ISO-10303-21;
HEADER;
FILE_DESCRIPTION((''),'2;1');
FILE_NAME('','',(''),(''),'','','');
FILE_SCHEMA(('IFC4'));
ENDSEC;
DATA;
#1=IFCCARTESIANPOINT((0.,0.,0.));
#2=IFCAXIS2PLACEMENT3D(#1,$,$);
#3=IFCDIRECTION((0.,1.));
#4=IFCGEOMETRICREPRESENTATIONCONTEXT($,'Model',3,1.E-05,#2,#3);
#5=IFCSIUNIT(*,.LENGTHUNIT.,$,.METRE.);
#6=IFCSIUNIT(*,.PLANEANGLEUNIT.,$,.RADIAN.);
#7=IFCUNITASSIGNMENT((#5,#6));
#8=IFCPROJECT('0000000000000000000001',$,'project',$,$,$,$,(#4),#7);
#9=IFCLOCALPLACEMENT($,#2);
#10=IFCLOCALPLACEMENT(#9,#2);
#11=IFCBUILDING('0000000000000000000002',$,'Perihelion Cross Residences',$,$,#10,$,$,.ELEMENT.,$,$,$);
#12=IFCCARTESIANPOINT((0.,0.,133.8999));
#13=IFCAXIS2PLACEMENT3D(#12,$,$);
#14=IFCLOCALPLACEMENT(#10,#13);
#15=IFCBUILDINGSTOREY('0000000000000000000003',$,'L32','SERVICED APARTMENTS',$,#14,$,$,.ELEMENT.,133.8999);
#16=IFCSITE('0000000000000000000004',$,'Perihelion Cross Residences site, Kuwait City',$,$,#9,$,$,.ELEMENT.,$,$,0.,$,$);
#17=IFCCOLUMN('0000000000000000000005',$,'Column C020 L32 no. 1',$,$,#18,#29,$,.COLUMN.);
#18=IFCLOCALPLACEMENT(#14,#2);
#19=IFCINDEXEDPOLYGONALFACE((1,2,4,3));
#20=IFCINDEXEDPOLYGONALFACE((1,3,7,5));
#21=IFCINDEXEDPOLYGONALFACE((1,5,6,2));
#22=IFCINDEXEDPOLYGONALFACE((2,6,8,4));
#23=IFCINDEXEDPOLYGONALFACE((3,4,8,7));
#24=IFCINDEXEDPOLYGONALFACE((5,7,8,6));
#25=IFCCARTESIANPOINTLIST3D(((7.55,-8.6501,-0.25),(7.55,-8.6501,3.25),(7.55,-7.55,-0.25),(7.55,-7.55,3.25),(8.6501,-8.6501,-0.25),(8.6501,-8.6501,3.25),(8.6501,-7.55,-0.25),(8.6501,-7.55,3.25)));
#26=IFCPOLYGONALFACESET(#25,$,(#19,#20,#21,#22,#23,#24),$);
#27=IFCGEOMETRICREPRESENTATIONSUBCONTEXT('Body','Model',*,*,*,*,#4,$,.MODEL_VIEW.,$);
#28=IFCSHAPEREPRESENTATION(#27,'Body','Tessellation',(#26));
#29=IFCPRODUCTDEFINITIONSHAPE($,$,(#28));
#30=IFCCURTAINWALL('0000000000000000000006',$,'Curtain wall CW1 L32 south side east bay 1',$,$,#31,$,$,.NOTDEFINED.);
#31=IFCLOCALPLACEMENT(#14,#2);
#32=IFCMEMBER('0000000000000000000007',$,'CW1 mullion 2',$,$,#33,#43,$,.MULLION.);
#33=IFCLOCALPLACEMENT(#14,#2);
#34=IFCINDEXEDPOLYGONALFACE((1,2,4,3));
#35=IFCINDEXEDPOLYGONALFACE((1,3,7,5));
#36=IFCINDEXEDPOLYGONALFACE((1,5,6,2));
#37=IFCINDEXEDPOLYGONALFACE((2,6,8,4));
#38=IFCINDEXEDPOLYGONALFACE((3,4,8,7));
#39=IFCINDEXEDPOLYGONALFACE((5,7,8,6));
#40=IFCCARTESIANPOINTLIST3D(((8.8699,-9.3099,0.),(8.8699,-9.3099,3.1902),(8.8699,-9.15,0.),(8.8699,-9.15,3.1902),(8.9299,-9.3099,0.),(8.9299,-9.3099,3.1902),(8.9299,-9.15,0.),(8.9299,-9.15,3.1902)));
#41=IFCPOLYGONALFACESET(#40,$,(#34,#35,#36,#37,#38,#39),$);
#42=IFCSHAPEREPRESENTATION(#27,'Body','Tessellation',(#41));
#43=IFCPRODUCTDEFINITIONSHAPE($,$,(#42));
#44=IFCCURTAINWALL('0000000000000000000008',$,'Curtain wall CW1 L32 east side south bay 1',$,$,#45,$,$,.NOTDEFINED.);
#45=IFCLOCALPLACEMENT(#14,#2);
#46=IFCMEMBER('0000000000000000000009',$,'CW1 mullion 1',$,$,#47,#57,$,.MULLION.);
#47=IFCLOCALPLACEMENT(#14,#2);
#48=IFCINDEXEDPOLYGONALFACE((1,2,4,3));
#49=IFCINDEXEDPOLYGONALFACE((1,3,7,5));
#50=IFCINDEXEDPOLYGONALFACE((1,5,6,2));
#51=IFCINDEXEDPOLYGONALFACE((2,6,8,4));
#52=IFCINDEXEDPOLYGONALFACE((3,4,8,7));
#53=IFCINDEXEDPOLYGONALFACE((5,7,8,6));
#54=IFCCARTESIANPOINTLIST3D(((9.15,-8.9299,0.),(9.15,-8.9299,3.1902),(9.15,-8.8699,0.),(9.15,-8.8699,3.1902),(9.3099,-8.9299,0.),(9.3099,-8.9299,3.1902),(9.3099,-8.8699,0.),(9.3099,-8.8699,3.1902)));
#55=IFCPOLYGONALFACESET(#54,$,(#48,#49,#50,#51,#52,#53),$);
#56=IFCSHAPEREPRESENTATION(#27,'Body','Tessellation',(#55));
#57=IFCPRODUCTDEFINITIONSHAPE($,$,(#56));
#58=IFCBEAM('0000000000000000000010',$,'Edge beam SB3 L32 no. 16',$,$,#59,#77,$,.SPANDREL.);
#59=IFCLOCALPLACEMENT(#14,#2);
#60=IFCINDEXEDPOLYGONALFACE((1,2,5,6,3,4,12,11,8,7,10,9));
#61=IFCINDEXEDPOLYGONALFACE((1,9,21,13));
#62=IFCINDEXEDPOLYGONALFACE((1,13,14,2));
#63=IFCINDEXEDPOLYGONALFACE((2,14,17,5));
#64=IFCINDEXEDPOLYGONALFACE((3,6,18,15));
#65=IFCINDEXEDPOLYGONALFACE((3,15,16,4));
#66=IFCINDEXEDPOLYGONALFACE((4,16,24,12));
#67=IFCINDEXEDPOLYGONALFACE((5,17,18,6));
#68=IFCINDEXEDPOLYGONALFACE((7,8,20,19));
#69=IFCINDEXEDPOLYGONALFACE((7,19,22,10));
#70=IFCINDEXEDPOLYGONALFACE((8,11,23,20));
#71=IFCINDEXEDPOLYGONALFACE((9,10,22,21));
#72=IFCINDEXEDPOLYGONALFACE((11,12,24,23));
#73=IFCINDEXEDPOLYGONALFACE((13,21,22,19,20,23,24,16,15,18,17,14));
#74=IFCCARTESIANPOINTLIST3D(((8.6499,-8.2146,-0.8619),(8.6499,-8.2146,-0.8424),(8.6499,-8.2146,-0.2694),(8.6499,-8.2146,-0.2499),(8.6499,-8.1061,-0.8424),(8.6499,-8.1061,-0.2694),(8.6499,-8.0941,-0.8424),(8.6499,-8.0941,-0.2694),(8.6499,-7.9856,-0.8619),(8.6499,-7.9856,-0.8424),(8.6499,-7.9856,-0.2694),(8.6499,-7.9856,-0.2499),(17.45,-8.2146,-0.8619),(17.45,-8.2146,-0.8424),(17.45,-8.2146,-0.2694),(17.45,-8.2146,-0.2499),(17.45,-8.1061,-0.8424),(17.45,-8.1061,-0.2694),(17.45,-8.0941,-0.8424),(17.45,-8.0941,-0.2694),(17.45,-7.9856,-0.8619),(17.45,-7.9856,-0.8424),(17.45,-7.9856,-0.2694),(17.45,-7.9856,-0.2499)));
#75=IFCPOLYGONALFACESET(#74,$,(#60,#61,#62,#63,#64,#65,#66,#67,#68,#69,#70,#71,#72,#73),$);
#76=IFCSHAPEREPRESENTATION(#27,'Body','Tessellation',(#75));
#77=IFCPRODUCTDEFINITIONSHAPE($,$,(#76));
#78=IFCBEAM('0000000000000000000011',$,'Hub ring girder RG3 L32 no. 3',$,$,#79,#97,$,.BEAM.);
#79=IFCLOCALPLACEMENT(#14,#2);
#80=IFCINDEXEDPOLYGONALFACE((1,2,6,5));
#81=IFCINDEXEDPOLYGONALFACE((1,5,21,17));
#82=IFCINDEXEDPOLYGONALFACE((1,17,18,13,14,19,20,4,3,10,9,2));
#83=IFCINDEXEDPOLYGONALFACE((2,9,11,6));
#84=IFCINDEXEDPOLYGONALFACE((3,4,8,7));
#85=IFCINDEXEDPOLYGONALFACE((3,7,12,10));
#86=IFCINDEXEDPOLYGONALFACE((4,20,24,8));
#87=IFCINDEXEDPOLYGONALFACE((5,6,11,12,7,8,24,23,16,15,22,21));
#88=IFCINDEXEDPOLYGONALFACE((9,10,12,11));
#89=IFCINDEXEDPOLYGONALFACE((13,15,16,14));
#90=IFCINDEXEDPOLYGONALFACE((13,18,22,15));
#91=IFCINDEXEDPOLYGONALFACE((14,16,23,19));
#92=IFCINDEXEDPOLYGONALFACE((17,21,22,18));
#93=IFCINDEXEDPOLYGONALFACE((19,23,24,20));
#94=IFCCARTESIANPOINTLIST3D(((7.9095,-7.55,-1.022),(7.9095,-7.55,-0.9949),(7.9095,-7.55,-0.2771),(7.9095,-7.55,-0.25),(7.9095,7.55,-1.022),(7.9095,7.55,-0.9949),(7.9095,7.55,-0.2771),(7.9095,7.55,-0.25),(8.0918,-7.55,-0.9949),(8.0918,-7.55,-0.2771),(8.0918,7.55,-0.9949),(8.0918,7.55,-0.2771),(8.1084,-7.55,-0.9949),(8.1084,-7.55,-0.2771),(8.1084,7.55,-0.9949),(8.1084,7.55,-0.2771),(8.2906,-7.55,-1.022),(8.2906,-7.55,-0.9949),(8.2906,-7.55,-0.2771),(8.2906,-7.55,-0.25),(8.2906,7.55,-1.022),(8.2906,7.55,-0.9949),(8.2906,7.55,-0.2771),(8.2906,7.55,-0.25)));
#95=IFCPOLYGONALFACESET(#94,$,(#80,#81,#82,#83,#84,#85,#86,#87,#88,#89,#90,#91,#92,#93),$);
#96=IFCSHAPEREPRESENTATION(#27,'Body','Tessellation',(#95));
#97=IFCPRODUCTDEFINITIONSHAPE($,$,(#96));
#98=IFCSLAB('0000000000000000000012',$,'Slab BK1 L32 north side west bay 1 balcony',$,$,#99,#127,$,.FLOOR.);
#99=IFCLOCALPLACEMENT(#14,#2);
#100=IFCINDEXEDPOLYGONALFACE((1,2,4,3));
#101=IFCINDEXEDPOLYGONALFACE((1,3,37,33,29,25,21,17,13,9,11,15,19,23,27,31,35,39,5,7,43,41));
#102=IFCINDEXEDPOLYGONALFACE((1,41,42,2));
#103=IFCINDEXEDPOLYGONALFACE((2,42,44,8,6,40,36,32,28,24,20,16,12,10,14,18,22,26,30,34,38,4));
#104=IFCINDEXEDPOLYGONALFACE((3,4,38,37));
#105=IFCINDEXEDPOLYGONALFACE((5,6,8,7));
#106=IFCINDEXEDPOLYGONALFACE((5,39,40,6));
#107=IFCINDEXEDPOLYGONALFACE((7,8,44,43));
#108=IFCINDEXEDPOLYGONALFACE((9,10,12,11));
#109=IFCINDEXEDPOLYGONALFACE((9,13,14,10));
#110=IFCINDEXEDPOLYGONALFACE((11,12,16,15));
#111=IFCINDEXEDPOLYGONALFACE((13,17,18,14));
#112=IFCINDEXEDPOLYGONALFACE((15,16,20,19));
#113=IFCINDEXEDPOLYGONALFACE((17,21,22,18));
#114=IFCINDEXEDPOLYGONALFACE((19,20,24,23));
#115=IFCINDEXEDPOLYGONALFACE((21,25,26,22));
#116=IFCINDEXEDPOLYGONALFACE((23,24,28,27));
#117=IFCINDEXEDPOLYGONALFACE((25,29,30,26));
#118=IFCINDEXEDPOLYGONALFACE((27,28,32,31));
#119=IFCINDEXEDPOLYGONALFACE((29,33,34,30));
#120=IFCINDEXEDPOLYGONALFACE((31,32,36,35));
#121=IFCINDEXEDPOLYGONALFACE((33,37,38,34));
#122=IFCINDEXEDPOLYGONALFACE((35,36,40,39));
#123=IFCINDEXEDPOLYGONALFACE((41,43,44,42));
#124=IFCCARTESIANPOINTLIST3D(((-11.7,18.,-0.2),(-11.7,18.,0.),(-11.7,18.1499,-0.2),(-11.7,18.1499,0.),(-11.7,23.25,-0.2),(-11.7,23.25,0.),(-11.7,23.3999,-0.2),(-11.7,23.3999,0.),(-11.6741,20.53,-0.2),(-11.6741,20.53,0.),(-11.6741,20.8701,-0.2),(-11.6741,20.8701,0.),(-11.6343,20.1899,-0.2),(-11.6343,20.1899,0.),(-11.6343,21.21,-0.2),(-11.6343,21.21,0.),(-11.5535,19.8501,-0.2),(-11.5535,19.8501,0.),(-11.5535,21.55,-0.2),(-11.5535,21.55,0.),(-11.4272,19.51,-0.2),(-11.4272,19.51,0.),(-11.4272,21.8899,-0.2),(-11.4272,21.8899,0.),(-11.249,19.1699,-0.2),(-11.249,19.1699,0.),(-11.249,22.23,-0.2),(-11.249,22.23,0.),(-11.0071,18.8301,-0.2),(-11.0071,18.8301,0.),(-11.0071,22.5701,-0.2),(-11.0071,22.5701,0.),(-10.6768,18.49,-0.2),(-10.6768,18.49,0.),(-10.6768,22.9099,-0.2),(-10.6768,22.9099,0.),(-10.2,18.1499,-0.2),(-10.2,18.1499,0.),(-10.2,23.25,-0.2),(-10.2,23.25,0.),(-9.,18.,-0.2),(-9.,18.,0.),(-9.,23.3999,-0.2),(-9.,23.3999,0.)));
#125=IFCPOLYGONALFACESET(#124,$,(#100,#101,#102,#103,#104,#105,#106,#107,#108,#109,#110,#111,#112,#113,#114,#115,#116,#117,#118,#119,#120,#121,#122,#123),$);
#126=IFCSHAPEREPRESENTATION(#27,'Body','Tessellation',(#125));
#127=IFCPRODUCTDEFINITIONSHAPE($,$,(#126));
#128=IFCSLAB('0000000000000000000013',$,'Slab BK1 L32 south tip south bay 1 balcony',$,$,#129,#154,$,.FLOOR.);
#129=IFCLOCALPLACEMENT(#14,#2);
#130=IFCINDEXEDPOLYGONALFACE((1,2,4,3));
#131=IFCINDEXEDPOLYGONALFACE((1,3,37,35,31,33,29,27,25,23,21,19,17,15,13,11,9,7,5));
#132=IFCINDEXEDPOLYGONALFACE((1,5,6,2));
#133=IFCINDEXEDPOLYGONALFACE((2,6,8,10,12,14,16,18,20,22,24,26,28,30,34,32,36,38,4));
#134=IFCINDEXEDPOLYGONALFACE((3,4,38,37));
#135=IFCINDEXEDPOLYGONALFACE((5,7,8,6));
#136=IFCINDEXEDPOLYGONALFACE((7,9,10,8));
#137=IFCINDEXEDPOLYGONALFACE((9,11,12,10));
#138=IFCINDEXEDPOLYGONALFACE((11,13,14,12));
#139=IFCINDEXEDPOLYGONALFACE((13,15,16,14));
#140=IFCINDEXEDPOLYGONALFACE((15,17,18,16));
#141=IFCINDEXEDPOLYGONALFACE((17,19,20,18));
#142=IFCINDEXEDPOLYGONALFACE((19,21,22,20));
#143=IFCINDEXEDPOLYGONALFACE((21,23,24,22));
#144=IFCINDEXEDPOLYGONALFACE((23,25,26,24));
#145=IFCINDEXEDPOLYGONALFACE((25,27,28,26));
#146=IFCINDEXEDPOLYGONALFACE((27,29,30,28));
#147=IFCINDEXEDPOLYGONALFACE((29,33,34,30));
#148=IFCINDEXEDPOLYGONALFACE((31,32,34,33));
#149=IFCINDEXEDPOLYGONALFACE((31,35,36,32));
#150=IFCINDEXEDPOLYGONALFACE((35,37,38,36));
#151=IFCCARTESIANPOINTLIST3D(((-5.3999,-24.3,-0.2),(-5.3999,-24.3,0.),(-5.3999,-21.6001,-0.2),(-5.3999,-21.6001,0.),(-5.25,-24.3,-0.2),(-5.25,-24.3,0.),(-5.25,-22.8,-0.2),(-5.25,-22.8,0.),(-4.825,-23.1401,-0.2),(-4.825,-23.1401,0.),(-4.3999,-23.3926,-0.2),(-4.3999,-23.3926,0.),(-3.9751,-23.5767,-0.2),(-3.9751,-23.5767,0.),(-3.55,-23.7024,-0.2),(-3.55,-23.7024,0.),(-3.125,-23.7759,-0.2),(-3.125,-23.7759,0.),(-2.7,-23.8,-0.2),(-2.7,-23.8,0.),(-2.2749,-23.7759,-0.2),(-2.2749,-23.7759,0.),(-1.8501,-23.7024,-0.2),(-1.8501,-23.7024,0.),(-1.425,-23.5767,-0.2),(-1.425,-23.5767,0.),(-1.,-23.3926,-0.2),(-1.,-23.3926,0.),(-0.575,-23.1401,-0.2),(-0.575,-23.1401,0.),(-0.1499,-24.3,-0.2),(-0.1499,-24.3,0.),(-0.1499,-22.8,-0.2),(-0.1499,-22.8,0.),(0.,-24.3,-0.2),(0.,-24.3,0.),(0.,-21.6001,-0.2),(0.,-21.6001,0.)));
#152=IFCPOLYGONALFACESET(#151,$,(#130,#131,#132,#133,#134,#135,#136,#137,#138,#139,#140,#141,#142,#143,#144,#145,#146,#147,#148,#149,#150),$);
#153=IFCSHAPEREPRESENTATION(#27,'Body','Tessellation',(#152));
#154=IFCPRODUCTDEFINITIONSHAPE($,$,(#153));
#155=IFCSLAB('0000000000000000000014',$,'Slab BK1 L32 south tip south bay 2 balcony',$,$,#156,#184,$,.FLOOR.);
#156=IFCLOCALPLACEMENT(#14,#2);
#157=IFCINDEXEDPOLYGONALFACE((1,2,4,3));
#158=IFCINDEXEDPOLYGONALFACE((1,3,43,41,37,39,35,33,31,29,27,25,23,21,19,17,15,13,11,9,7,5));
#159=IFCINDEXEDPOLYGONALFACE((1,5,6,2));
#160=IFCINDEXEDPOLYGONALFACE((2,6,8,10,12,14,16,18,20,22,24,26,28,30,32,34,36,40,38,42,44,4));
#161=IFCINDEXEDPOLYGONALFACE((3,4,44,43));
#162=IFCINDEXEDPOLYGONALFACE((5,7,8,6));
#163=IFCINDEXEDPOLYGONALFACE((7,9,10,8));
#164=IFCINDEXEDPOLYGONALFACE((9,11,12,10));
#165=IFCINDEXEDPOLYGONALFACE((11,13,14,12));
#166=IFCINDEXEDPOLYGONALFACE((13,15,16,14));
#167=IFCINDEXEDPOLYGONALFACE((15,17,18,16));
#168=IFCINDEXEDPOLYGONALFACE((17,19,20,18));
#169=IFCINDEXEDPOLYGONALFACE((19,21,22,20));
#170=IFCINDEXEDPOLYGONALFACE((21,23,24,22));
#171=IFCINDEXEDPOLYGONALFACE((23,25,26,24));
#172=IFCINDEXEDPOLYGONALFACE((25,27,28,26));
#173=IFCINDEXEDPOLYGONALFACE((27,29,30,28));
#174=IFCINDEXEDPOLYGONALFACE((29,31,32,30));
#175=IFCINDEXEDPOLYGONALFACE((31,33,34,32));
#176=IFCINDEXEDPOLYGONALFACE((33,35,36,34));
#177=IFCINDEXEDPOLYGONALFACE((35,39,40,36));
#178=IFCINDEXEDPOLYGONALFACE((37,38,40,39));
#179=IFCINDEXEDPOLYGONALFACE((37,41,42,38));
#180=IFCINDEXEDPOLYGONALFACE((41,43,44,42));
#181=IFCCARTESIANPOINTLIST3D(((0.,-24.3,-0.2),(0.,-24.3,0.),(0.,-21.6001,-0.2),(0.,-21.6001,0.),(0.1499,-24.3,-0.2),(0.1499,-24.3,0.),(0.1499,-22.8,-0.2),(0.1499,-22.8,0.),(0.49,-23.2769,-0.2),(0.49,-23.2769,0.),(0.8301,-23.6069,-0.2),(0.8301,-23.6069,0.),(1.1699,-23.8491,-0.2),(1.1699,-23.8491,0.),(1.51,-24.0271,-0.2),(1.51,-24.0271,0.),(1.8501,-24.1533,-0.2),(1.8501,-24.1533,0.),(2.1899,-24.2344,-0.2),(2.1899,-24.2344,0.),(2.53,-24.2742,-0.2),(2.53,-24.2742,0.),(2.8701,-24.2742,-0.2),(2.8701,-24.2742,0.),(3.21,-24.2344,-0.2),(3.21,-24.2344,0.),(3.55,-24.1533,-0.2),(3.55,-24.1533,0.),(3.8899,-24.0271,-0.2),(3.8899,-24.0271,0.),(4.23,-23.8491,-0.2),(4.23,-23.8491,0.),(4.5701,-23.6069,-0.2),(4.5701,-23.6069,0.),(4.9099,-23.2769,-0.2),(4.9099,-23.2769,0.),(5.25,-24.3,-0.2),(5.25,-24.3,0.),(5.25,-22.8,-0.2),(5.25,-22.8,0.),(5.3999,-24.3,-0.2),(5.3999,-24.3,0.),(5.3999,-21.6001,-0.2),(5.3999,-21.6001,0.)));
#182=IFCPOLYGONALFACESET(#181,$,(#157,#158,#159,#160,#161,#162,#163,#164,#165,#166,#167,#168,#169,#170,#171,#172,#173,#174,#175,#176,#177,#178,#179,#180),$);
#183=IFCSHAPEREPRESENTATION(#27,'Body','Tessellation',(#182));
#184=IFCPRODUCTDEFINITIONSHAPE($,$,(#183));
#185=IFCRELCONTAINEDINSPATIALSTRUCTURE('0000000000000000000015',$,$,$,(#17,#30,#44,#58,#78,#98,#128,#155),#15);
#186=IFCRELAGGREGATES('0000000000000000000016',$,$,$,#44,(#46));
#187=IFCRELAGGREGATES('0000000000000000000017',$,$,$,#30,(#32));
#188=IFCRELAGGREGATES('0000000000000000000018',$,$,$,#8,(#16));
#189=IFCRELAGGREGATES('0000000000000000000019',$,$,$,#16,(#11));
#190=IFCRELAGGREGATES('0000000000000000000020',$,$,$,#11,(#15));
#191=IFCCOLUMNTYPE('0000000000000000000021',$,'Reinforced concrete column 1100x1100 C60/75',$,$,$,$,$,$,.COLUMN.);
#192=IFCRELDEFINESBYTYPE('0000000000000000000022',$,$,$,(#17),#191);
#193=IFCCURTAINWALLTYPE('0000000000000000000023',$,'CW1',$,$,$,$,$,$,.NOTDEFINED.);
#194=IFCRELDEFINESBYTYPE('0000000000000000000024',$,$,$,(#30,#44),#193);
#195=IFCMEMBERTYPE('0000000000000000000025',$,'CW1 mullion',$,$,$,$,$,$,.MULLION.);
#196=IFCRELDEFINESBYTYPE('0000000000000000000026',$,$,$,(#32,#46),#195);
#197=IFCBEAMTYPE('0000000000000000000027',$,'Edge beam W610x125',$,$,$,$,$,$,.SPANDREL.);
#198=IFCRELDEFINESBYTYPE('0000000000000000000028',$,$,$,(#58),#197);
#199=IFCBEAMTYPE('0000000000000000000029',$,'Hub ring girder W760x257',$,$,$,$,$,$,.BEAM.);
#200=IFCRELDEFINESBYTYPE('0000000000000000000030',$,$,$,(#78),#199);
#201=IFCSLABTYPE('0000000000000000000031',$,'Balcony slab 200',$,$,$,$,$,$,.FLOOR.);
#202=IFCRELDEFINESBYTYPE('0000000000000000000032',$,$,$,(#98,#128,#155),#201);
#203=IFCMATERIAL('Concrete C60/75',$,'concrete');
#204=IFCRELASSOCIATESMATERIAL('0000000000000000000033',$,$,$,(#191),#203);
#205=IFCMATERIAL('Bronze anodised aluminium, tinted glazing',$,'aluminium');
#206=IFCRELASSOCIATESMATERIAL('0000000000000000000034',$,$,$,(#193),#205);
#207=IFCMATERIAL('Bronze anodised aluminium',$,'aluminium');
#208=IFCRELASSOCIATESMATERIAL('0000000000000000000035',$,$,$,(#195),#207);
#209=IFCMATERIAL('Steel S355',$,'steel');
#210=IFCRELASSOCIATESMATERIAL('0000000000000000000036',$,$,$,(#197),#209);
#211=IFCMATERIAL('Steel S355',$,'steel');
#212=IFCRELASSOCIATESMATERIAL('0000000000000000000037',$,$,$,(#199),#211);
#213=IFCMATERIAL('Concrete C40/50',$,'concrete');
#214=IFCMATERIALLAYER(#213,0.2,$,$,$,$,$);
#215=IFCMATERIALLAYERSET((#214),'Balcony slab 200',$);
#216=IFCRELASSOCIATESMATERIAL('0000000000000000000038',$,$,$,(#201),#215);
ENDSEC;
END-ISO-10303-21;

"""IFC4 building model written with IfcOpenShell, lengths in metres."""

from ifc_helpers import new_model, si_unit, direction, frame, origin, origin_2d, place, context, subcontext, project, spatial, polyline, rectangle, i_section, outline, extrude, material, layer, layer_set, material_profile, profile_set, type_object, element, aggregate, save


model = new_model("IFC4")

# Units and contexts
model_context = context("Model", 3, precision=1e-05, world=origin(), true_north=direction((0.0, 1.0)))
body_context = subcontext(model_context, "Body", "Model", "MODEL_VIEW")
ifc_project = project(units=[si_unit("LENGTHUNIT", "METRE"), si_unit("PLANEANGLEUNIT", "RADIAN")], contexts=[model_context])

# Site, building, storey
site_placement = place(None, origin())
site = spatial("IfcSite", under=ifc_project, at=site_placement, Name="Perihelion Cross Residences site, Kuwait City", CompositionType="ELEMENT", RefElevation=0.0)
building_placement = place(site_placement, origin())
building = spatial("IfcBuilding", under=site, at=building_placement, Name="Perihelion Cross Residences", CompositionType="ELEMENT")
storey_placement = place(building_placement, frame((0.0, 0.0, 133.8999)))
storey = spatial("IfcBuildingStorey", under=building, at=storey_placement, Name="L32", Description="SERVICED APARTMENTS", CompositionType="ELEMENT", Elevation=133.8999)

# Column
ifc_material_1 = material(Name="Concrete C60/75", Category="concrete")
ifc_material_profile_1 = material_profile(ifc_material_1, rectangle(XDim=1.1001, YDim=1.1001, at=origin_2d()), Name="RC 1100x1100")
ifc_profile_set_1 = profile_set([ifc_material_profile_1], Name="Concrete C60/75")
column_type = type_object("IfcColumnType", Name="Reinforced concrete column 1100x1100 C60/75", PredefinedType="COLUMN", material=ifc_profile_set_1)
column_placement = place(storey_placement, frame((8.1001, -8.1001, -0.25), z_axis=(0.0, 0.0, 1.0), x_axis=(1.0, 0.0, 0.0)))
element("IfcColumn", 1, at=column_placement, inside=storey, type_object=column_type, Name="Column C020 L32 no. 1", PredefinedType="COLUMN", context=body_context, shape_type="SweptSolid", body=[
    extrude(rectangle(XDim=1.1001, YDim=1.1001, at=origin_2d()), origin(), (0.0, 0.0, 1.0), 3.5),
])

# Curtain walls, members
ifc_material_2 = material(Name="Bronze anodised aluminium, tinted glazing", Category="aluminium")
curtain_wall_type = type_object("IfcCurtainWallType", Name="CW1", PredefinedType="NOTDEFINED", material=ifc_material_2)
curtain_wall_1_placement = place(storey_placement, origin())
curtain_wall_1 = element("IfcCurtainWall", 2, at=curtain_wall_1_placement, inside=storey, type_object=curtain_wall_type, Name="Curtain wall CW1 L32 south side east bay 1", PredefinedType="NOTDEFINED")
ifc_material_3 = material(Name="Bronze anodised aluminium", Category="aluminium")
ifc_material_profile_2 = material_profile(ifc_material_3, rectangle(XDim=0.0601, YDim=0.1599, at=origin_2d()), Name="CW1 mullion")
ifc_profile_set_2 = profile_set([ifc_material_profile_2], Name="Bronze anodised aluminium")
member_type = type_object("IfcMemberType", Name="CW1 mullion", PredefinedType="MULLION", material=ifc_profile_set_2)
member_1_placement = place(storey_placement, frame((8.8999, -9.23, 0.0), z_axis=(0.0, 0.0, 1.0), x_axis=(-1.0, 0.0, 0.0)))
member_1 = element("IfcMember", 3, at=member_1_placement, type_object=member_type, Name="CW1 mullion 2", PredefinedType="MULLION", context=body_context, shape_type="SweptSolid", body=[
    extrude(rectangle(XDim=0.0601, YDim=0.1599, at=origin_2d()), origin(), (0.0, 0.0, 1.0), 3.1902),
])
curtain_wall_2_placement = place(storey_placement, origin())
curtain_wall_2 = element("IfcCurtainWall", 4, at=curtain_wall_2_placement, inside=storey, type_object=curtain_wall_type, Name="Curtain wall CW1 L32 east side south bay 1", PredefinedType="NOTDEFINED")
member_2_placement = place(storey_placement, frame((9.23, -8.8999, 0.0), z_axis=(0.0, 0.0, 1.0), x_axis=(0.0, 1.0, 0.0)))
member_2 = element("IfcMember", 5, at=member_2_placement, type_object=member_type, Name="CW1 mullion 1", PredefinedType="MULLION", context=body_context, shape_type="SweptSolid", body=[
    extrude(rectangle(XDim=0.0601, YDim=0.1599, at=origin_2d()), origin(), (0.0, 0.0, 1.0), 3.1902),
])
aggregate(curtain_wall_2, [member_2])

# Beams
ifc_material_4 = material(Name="Steel S355", Category="steel")
ifc_material_profile_3 = material_profile(ifc_material_4, i_section(OverallWidth=0.229, OverallDepth=0.6121, WebThickness=0.012, FlangeThickness=0.0195, at=origin_2d()), Name="W610x125")
ifc_profile_set_3 = profile_set([ifc_material_profile_3], Name="Steel S355")
beam_type_1 = type_object("IfcBeamType", Name="Edge beam W610x125", PredefinedType="SPANDREL", material=ifc_profile_set_3)
beam_1_placement = place(storey_placement, frame((8.6499, -8.1001, -0.5559), z_axis=(1.0, 0.0, 0.0), x_axis=(0.0, 1.0, 0.0)))
element("IfcBeam", 6, at=beam_1_placement, inside=storey, type_object=beam_type_1, Name="Edge beam SB3 L32 no. 16", PredefinedType="SPANDREL", context=body_context, shape_type="SweptSolid", body=[
    extrude(i_section(OverallWidth=0.229, OverallDepth=0.6121, WebThickness=0.012, FlangeThickness=0.0195, at=origin_2d()), origin(), (0.0, 0.0, 1.0), 8.8),
])
ifc_material_5 = material(Name="Steel S355", Category="steel")
ifc_material_profile_4 = material_profile(ifc_material_5, i_section(OverallWidth=0.3811, OverallDepth=0.772, WebThickness=0.0166, FlangeThickness=0.0271, at=origin_2d()), Name="W760x257")
ifc_profile_set_4 = profile_set([ifc_material_profile_4], Name="Steel S355")
beam_type_2 = type_object("IfcBeamType", Name="Hub ring girder W760x257", PredefinedType="BEAM", material=ifc_profile_set_4)
beam_2_placement = place(storey_placement, frame((8.1001, -7.55, -0.636), z_axis=(0.0, 1.0, 0.0), x_axis=(-1.0, 0.0, 0.0)))
element("IfcBeam", 7, at=beam_2_placement, inside=storey, type_object=beam_type_2, Name="Hub ring girder RG3 L32 no. 3", PredefinedType="BEAM", context=body_context, shape_type="SweptSolid", body=[
    extrude(i_section(OverallWidth=0.3811, OverallDepth=0.772, WebThickness=0.0166, FlangeThickness=0.0271, at=origin_2d()), origin(), (0.0, 0.0, 1.0), 15.1001),
])

# Slabs
ifc_material_6 = material(Name="Concrete C40/50", Category="concrete")
ifc_layer_1 = layer(ifc_material_6, 0.2)
ifc_layer_set_1 = layer_set([ifc_layer_1], Name="Balcony slab 200")
slab_type_1 = type_object("IfcSlabType", Name="Balcony slab 200", PredefinedType="FLOOR", material=ifc_layer_set_1)
slab_1_placement = place(storey_placement, frame((0.0, 0.0, -0.2)))
element("IfcSlab", 8, at=slab_1_placement, inside=storey, type_object=slab_type_1, Name="Slab BK1 L32 north side west bay 1 balcony", PredefinedType="FLOOR", context=body_context, shape_type="SweptSolid", body=[
    extrude(outline(polyline([(-9.0, 23.3999), (-9.0, 18.0), (-11.7, 18.0), (-11.7, 18.1499), (-10.2, 18.1499), (-10.6768, 18.49), (-11.0071, 18.8301), (-11.249, 19.1699), (-11.4272, 19.51), (-11.5535, 19.8501), (-11.6343, 20.1899), (-11.6741, 20.53), (-11.6741, 20.8701), (-11.6343, 21.21), (-11.5535, 21.55), (-11.4272, 21.8899), (-11.249, 22.23), (-11.0071, 22.5701), (-10.6768, 22.9099), (-10.2, 23.25), (-11.7, 23.25), (-11.7, 23.3999), (-9.0, 23.3999)])), origin(), (0.0, 0.0, 1.0), 0.2),
])
slab_2_placement = place(storey_placement, frame((0.0, 0.0, -0.2)))
element("IfcSlab", 9, at=slab_2_placement, inside=storey, type_object=slab_type_1, Name="Slab BK1 L32 south tip south bay 1 balcony", PredefinedType="FLOOR", context=body_context, shape_type="SweptSolid", body=[
    extrude(outline(polyline([(-5.3999, -21.6001), (0.0, -21.6001), (0.0, -24.3), (-0.1499, -24.3), (-0.1499, -22.8), (-0.575, -23.1401), (-1.0, -23.3926), (-1.425, -23.5767), (-1.8501, -23.7024), (-2.2749, -23.7759), (-2.7, -23.8), (-3.125, -23.7759), (-3.55, -23.7024), (-3.9751, -23.5767), (-4.3999, -23.3926), (-4.825, -23.1401), (-5.25, -22.8), (-5.25, -24.3), (-5.3999, -24.3), (-5.3999, -21.6001)])), origin(), (0.0, 0.0, 1.0), 0.2),
])
slab_3_placement = place(storey_placement, frame((0.0, 0.0, -0.2)))
element("IfcSlab", 10, at=slab_3_placement, inside=storey, type_object=slab_type_1, Name="Slab BK1 L32 south tip south bay 2 balcony", PredefinedType="FLOOR", context=body_context, shape_type="SweptSolid", body=[
    extrude(outline(polyline([(0.0, -21.6001), (5.3999, -21.6001), (5.3999, -24.3), (5.25, -24.3), (5.25, -22.8), (4.9099, -23.2769), (4.5701, -23.6069), (4.23, -23.8491), (3.8899, -24.0271), (3.55, -24.1533), (3.21, -24.2344), (2.8701, -24.2742), (2.53, -24.2742), (2.1899, -24.2344), (1.8501, -24.1533), (1.51, -24.0271), (1.1699, -23.8491), (0.8301, -23.6069), (0.49, -23.2769), (0.1499, -22.8), (0.1499, -24.3), (0.0, -24.3), (0.0, -21.6001)])), origin(), (0.0, 0.0, 1.0), 0.2),
])

aggregate(curtain_wall_1, [member_1])

save(model, "model.ifc")
